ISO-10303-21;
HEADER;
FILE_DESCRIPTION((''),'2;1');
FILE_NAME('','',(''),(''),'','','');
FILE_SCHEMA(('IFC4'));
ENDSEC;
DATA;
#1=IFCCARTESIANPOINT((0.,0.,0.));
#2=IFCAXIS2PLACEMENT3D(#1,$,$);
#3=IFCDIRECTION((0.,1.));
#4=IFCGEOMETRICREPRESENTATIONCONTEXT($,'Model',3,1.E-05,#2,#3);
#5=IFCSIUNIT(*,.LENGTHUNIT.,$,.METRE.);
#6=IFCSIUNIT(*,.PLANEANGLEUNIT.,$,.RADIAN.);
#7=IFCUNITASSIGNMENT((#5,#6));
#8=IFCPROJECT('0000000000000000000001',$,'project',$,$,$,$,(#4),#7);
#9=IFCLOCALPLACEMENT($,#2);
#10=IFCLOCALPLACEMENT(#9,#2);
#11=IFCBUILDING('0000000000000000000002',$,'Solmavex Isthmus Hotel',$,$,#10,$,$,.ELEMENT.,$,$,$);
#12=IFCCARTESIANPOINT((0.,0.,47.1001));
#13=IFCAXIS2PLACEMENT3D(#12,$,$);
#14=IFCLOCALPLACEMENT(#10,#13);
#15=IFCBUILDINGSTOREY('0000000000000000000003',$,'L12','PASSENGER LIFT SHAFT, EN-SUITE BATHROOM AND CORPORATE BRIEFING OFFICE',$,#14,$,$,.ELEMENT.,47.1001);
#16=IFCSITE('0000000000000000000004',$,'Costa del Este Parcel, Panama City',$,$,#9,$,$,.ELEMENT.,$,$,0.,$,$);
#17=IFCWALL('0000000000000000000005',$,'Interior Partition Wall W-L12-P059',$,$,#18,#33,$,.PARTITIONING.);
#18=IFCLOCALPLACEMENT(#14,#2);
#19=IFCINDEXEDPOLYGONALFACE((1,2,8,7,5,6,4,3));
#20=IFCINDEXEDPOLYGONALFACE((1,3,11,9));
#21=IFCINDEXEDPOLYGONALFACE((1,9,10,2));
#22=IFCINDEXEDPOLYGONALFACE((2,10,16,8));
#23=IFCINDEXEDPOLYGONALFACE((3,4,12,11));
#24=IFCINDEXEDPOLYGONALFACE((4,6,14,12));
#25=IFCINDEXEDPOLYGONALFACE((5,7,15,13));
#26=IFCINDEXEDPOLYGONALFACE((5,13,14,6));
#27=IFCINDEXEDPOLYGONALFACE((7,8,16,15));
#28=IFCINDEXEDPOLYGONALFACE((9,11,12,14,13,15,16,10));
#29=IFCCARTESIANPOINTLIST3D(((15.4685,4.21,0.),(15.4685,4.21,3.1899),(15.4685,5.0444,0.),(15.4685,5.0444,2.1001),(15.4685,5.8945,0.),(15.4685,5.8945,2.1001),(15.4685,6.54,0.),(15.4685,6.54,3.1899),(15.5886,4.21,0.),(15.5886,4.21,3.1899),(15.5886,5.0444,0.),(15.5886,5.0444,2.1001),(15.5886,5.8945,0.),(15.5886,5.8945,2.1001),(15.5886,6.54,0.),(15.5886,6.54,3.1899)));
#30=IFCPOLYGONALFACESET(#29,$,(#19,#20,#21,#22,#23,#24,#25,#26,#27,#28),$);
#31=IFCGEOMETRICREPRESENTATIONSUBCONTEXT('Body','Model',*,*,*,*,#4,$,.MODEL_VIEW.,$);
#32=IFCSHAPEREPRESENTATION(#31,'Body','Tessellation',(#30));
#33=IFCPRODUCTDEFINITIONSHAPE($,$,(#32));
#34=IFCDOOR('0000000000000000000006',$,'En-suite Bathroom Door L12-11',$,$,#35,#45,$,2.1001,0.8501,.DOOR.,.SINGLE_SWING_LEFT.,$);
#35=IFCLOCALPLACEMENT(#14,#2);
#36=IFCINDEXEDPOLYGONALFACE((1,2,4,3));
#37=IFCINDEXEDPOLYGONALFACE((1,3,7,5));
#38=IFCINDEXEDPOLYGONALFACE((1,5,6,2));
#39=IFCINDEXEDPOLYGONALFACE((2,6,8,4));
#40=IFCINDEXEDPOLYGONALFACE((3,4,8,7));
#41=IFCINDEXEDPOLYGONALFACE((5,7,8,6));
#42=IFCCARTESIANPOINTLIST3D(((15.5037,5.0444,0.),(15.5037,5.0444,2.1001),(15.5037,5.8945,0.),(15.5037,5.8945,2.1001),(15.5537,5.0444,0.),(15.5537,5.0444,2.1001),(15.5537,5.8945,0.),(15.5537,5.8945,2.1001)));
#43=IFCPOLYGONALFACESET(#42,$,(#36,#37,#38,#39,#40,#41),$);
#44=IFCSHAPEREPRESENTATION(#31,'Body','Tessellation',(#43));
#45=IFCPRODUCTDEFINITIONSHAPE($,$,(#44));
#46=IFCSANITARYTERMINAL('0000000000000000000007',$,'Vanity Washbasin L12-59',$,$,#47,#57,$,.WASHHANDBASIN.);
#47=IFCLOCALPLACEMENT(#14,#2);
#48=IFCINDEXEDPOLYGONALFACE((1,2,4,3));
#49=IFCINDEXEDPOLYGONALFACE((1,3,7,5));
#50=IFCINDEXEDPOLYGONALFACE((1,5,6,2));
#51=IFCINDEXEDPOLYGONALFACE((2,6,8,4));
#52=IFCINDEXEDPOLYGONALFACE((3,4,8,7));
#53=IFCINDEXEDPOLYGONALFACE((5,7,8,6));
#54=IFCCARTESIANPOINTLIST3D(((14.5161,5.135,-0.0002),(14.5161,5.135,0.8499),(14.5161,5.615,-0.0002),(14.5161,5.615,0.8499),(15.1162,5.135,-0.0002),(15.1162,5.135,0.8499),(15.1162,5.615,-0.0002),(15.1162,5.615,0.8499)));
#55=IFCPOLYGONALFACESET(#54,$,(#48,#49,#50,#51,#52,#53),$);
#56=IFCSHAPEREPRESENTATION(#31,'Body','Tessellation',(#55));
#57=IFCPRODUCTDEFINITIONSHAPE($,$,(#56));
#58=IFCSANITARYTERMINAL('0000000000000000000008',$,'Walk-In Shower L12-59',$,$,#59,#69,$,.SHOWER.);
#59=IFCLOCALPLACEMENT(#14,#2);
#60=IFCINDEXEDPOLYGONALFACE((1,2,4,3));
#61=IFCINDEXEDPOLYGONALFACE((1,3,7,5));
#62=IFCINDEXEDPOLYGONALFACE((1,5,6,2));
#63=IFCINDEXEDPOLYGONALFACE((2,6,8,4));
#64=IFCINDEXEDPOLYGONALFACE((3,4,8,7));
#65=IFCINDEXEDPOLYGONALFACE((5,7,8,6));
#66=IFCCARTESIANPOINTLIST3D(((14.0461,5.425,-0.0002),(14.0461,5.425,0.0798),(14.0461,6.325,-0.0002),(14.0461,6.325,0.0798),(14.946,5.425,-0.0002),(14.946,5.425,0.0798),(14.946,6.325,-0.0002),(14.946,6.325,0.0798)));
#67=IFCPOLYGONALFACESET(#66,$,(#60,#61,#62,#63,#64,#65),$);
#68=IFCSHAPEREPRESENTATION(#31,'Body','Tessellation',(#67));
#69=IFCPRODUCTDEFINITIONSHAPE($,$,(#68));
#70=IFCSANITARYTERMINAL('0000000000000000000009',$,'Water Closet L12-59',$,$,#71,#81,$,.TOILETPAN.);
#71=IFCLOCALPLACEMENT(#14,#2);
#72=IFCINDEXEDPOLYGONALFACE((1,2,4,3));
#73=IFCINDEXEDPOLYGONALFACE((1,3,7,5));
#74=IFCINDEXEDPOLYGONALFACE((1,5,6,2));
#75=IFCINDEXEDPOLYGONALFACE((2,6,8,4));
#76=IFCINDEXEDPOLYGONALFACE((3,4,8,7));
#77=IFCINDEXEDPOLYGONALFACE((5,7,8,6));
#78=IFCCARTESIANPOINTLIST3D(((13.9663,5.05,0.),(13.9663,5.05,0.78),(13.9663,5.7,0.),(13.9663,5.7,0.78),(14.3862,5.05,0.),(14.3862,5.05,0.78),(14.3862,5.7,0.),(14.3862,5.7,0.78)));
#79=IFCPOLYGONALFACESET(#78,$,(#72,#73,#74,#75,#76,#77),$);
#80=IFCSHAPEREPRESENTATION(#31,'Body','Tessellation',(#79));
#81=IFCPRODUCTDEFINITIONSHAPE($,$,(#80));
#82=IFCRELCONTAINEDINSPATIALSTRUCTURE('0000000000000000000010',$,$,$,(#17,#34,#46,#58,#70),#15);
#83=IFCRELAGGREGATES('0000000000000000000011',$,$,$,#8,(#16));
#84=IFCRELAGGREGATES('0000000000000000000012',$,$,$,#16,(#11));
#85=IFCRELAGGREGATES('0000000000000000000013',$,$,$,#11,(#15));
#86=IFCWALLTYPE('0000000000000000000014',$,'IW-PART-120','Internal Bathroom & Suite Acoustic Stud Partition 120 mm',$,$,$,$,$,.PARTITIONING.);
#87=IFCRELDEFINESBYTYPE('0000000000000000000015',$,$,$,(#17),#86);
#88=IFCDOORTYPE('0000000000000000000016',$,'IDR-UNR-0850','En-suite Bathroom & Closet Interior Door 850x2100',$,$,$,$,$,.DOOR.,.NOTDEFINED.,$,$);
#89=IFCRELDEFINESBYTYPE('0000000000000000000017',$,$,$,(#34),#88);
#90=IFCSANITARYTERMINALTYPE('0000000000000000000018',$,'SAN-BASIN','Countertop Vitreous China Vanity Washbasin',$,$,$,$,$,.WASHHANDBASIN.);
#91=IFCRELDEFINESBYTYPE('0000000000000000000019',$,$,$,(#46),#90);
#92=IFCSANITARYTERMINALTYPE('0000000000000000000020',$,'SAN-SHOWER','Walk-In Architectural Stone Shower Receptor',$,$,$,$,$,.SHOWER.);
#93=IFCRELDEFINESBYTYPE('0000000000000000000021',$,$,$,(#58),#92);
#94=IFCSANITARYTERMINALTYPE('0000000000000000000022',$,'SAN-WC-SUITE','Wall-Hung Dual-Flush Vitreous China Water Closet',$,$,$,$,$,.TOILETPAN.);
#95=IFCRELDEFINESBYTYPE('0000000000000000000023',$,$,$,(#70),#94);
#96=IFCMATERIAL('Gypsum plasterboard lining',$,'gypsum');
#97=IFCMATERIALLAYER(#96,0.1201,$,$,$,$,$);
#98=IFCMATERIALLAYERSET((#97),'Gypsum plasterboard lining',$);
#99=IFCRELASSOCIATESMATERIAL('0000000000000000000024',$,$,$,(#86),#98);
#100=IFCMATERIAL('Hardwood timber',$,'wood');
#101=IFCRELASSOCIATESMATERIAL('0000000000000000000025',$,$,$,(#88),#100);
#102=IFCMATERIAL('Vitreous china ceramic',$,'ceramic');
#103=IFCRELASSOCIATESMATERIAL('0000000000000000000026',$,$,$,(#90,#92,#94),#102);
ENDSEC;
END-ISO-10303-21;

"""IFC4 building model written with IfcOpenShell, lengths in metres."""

from ifc_helpers import new_model, si_unit, direction, frame, frame_2d, origin, origin_2d, place, context, subcontext, project, spatial, rectangle, extrude, material, layer, layer_set, type_object, element, fill, save


model = new_model("IFC4")

# Units and contexts
model_context = context("Model", 3, precision=1e-05, world=origin(), true_north=direction((0.0, 1.0)))
body_context = subcontext(model_context, "Body", "Model", "MODEL_VIEW")
ifc_project = project(units=[si_unit("LENGTHUNIT", "METRE"), si_unit("PLANEANGLEUNIT", "RADIAN")], contexts=[model_context])

# Site, building, storey
site_placement = place(None, origin())
site = spatial("IfcSite", under=ifc_project, at=site_placement, Name="Costa del Este Parcel, Panama City", CompositionType="ELEMENT", RefElevation=0.0)
building_placement = place(site_placement, origin())
building = spatial("IfcBuilding", under=site, at=building_placement, Name="Solmavex Isthmus Hotel", CompositionType="ELEMENT")
storey_placement = place(building_placement, frame((0.0, 0.0, 47.1001)))
storey = spatial("IfcBuildingStorey", under=building, at=storey_placement, Name="L12", Description="PASSENGER LIFT SHAFT, EN-SUITE BATHROOM AND CORPORATE BRIEFING OFFICE", CompositionType="ELEMENT", Elevation=47.1001)

# Shared definitions
ifc_material_1 = material(Name="Gypsum plasterboard lining", Category="gypsum")
ifc_material_2 = material(Name="Hardwood timber", Category="wood")

# Shared definitions
ifc_layer_1 = layer(ifc_material_1, 0.1201)
ifc_layer_set_1 = layer_set([ifc_layer_1], Name="Gypsum plasterboard lining")
wall_type_1 = type_object("IfcWallType", Name="IW-PART-120", Description="Internal Bathroom & Suite Acoustic Stud Partition 120 mm", PredefinedType="PARTITIONING", material=ifc_layer_set_1)
door_type_1 = type_object("IfcDoorType", Name="IDR-UNR-0850", Description="En-suite Bathroom & Closet Interior Door 850x2100", OperationType="NOTDEFINED", PredefinedType="DOOR", material=ifc_material_2)

# Wall, opening, door
wall_1_placement = place(storey_placement, frame((15.5286, 4.21, 0.0), z_axis=(0.0, 0.0, 1.0), x_axis=(0.0, 1.0, 0.0)))
wall_1 = element("IfcWall", 1, at=wall_1_placement, inside=storey, type_object=wall_type_1, Name="Interior Partition Wall W-L12-P059", PredefinedType="PARTITIONING", context=body_context, shape_type="SweptSolid", body=[
    extrude(rectangle(XDim=2.3301, YDim=0.1201, at=frame_2d((1.165, 0.0))), origin(), (0.0, 0.0, 1.0), 3.1899),
])
opening_1_placement = place(wall_1_placement, frame((0.8345, 0.0, 0.0)))
opening_1 = element("IfcOpeningElement", 2, at=opening_1_placement, cuts=wall_1, PredefinedType="OPENING", context=body_context, shape_type="SweptSolid", body=[
    extrude(rectangle(XDim=0.8501, YDim=2.1001, at=frame_2d((0.425, 1.05))), frame((0.0, 0.0701, 0.0), z_axis=(0.0, -1.0, 0.0), x_axis=(1.0, 0.0, 0.0)), (0.0, 0.0, 1.0), 0.1401),
])
door_1_placement = place(opening_1_placement, origin())
door_1 = element("IfcDoor", 3, at=door_1_placement, inside=storey, type_object=door_type_1, Name="En-suite Bathroom Door L12-11", OperationType="SINGLE_SWING_LEFT", OverallHeight=2.1001, OverallWidth=0.8501, PredefinedType="DOOR", context=body_context, shape_type="SweptSolid", body=[
    extrude(rectangle(XDim=0.8501, YDim=2.1001, at=frame_2d((0.425, 1.05))), frame((0.0, 0.0249, 0.0), z_axis=(0.0, -1.0, 0.0), x_axis=(1.0, 0.0, 0.0)), (0.0, 0.0, 1.0), 0.05),
])
fill(opening_1, door_1)

# Sanitary terminals
ifc_material_3 = material(Name="Vitreous china ceramic", Category="ceramic")
sanitary_terminal_type_1 = type_object("IfcSanitaryTerminalType", Name="SAN-BASIN", Description="Countertop Vitreous China Vanity Washbasin", PredefinedType="WASHHANDBASIN", material=ifc_material_3)
sanitary_terminal_1_placement = place(storey_placement, frame((14.8162, 5.375, -0.0002), z_axis=(0.0, 0.0, 1.0), x_axis=(1.0, 0.0, 0.0)))
element("IfcSanitaryTerminal", 4, at=sanitary_terminal_1_placement, inside=storey, type_object=sanitary_terminal_type_1, Name="Vanity Washbasin L12-59", PredefinedType="WASHHANDBASIN", context=body_context, shape_type="SweptSolid", body=[
    extrude(rectangle(XDim=0.6001, YDim=0.48, at=origin_2d()), origin(), (0.0, 0.0, 1.0), 0.8501),
])
sanitary_terminal_type_2 = type_object("IfcSanitaryTerminalType", Name="SAN-SHOWER", Description="Walk-In Architectural Stone Shower Receptor", PredefinedType="SHOWER", material=ifc_material_3)
sanitary_terminal_2_placement = place(storey_placement, frame((14.4961, 5.875, -0.0002), z_axis=(0.0, 0.0, 1.0), x_axis=(1.0, 0.0, 0.0)))
element("IfcSanitaryTerminal", 5, at=sanitary_terminal_2_placement, inside=storey, type_object=sanitary_terminal_type_2, Name="Walk-In Shower L12-59", PredefinedType="SHOWER", context=body_context, shape_type="SweptSolid", body=[
    extrude(rectangle(XDim=0.8999, YDim=0.8999, at=origin_2d()), origin(), (0.0, 0.0, 1.0), 0.0801),
])
sanitary_terminal_type_3 = type_object("IfcSanitaryTerminalType", Name="SAN-WC-SUITE", Description="Wall-Hung Dual-Flush Vitreous China Water Closet", PredefinedType="TOILETPAN", material=ifc_material_3)
sanitary_terminal_3_placement = place(storey_placement, frame((14.1763, 5.375, 0.0), z_axis=(0.0, 0.0, 1.0), x_axis=(1.0, 0.0, 0.0)))
element("IfcSanitaryTerminal", 6, at=sanitary_terminal_3_placement, inside=storey, type_object=sanitary_terminal_type_3, Name="Water Closet L12-59", PredefinedType="TOILETPAN", context=body_context, shape_type="SweptSolid", body=[
    extrude(rectangle(XDim=0.4199, YDim=0.6499, at=origin_2d()), origin(), (0.0, 0.0, 1.0), 0.78),
])

save(model, "model.ifc")
